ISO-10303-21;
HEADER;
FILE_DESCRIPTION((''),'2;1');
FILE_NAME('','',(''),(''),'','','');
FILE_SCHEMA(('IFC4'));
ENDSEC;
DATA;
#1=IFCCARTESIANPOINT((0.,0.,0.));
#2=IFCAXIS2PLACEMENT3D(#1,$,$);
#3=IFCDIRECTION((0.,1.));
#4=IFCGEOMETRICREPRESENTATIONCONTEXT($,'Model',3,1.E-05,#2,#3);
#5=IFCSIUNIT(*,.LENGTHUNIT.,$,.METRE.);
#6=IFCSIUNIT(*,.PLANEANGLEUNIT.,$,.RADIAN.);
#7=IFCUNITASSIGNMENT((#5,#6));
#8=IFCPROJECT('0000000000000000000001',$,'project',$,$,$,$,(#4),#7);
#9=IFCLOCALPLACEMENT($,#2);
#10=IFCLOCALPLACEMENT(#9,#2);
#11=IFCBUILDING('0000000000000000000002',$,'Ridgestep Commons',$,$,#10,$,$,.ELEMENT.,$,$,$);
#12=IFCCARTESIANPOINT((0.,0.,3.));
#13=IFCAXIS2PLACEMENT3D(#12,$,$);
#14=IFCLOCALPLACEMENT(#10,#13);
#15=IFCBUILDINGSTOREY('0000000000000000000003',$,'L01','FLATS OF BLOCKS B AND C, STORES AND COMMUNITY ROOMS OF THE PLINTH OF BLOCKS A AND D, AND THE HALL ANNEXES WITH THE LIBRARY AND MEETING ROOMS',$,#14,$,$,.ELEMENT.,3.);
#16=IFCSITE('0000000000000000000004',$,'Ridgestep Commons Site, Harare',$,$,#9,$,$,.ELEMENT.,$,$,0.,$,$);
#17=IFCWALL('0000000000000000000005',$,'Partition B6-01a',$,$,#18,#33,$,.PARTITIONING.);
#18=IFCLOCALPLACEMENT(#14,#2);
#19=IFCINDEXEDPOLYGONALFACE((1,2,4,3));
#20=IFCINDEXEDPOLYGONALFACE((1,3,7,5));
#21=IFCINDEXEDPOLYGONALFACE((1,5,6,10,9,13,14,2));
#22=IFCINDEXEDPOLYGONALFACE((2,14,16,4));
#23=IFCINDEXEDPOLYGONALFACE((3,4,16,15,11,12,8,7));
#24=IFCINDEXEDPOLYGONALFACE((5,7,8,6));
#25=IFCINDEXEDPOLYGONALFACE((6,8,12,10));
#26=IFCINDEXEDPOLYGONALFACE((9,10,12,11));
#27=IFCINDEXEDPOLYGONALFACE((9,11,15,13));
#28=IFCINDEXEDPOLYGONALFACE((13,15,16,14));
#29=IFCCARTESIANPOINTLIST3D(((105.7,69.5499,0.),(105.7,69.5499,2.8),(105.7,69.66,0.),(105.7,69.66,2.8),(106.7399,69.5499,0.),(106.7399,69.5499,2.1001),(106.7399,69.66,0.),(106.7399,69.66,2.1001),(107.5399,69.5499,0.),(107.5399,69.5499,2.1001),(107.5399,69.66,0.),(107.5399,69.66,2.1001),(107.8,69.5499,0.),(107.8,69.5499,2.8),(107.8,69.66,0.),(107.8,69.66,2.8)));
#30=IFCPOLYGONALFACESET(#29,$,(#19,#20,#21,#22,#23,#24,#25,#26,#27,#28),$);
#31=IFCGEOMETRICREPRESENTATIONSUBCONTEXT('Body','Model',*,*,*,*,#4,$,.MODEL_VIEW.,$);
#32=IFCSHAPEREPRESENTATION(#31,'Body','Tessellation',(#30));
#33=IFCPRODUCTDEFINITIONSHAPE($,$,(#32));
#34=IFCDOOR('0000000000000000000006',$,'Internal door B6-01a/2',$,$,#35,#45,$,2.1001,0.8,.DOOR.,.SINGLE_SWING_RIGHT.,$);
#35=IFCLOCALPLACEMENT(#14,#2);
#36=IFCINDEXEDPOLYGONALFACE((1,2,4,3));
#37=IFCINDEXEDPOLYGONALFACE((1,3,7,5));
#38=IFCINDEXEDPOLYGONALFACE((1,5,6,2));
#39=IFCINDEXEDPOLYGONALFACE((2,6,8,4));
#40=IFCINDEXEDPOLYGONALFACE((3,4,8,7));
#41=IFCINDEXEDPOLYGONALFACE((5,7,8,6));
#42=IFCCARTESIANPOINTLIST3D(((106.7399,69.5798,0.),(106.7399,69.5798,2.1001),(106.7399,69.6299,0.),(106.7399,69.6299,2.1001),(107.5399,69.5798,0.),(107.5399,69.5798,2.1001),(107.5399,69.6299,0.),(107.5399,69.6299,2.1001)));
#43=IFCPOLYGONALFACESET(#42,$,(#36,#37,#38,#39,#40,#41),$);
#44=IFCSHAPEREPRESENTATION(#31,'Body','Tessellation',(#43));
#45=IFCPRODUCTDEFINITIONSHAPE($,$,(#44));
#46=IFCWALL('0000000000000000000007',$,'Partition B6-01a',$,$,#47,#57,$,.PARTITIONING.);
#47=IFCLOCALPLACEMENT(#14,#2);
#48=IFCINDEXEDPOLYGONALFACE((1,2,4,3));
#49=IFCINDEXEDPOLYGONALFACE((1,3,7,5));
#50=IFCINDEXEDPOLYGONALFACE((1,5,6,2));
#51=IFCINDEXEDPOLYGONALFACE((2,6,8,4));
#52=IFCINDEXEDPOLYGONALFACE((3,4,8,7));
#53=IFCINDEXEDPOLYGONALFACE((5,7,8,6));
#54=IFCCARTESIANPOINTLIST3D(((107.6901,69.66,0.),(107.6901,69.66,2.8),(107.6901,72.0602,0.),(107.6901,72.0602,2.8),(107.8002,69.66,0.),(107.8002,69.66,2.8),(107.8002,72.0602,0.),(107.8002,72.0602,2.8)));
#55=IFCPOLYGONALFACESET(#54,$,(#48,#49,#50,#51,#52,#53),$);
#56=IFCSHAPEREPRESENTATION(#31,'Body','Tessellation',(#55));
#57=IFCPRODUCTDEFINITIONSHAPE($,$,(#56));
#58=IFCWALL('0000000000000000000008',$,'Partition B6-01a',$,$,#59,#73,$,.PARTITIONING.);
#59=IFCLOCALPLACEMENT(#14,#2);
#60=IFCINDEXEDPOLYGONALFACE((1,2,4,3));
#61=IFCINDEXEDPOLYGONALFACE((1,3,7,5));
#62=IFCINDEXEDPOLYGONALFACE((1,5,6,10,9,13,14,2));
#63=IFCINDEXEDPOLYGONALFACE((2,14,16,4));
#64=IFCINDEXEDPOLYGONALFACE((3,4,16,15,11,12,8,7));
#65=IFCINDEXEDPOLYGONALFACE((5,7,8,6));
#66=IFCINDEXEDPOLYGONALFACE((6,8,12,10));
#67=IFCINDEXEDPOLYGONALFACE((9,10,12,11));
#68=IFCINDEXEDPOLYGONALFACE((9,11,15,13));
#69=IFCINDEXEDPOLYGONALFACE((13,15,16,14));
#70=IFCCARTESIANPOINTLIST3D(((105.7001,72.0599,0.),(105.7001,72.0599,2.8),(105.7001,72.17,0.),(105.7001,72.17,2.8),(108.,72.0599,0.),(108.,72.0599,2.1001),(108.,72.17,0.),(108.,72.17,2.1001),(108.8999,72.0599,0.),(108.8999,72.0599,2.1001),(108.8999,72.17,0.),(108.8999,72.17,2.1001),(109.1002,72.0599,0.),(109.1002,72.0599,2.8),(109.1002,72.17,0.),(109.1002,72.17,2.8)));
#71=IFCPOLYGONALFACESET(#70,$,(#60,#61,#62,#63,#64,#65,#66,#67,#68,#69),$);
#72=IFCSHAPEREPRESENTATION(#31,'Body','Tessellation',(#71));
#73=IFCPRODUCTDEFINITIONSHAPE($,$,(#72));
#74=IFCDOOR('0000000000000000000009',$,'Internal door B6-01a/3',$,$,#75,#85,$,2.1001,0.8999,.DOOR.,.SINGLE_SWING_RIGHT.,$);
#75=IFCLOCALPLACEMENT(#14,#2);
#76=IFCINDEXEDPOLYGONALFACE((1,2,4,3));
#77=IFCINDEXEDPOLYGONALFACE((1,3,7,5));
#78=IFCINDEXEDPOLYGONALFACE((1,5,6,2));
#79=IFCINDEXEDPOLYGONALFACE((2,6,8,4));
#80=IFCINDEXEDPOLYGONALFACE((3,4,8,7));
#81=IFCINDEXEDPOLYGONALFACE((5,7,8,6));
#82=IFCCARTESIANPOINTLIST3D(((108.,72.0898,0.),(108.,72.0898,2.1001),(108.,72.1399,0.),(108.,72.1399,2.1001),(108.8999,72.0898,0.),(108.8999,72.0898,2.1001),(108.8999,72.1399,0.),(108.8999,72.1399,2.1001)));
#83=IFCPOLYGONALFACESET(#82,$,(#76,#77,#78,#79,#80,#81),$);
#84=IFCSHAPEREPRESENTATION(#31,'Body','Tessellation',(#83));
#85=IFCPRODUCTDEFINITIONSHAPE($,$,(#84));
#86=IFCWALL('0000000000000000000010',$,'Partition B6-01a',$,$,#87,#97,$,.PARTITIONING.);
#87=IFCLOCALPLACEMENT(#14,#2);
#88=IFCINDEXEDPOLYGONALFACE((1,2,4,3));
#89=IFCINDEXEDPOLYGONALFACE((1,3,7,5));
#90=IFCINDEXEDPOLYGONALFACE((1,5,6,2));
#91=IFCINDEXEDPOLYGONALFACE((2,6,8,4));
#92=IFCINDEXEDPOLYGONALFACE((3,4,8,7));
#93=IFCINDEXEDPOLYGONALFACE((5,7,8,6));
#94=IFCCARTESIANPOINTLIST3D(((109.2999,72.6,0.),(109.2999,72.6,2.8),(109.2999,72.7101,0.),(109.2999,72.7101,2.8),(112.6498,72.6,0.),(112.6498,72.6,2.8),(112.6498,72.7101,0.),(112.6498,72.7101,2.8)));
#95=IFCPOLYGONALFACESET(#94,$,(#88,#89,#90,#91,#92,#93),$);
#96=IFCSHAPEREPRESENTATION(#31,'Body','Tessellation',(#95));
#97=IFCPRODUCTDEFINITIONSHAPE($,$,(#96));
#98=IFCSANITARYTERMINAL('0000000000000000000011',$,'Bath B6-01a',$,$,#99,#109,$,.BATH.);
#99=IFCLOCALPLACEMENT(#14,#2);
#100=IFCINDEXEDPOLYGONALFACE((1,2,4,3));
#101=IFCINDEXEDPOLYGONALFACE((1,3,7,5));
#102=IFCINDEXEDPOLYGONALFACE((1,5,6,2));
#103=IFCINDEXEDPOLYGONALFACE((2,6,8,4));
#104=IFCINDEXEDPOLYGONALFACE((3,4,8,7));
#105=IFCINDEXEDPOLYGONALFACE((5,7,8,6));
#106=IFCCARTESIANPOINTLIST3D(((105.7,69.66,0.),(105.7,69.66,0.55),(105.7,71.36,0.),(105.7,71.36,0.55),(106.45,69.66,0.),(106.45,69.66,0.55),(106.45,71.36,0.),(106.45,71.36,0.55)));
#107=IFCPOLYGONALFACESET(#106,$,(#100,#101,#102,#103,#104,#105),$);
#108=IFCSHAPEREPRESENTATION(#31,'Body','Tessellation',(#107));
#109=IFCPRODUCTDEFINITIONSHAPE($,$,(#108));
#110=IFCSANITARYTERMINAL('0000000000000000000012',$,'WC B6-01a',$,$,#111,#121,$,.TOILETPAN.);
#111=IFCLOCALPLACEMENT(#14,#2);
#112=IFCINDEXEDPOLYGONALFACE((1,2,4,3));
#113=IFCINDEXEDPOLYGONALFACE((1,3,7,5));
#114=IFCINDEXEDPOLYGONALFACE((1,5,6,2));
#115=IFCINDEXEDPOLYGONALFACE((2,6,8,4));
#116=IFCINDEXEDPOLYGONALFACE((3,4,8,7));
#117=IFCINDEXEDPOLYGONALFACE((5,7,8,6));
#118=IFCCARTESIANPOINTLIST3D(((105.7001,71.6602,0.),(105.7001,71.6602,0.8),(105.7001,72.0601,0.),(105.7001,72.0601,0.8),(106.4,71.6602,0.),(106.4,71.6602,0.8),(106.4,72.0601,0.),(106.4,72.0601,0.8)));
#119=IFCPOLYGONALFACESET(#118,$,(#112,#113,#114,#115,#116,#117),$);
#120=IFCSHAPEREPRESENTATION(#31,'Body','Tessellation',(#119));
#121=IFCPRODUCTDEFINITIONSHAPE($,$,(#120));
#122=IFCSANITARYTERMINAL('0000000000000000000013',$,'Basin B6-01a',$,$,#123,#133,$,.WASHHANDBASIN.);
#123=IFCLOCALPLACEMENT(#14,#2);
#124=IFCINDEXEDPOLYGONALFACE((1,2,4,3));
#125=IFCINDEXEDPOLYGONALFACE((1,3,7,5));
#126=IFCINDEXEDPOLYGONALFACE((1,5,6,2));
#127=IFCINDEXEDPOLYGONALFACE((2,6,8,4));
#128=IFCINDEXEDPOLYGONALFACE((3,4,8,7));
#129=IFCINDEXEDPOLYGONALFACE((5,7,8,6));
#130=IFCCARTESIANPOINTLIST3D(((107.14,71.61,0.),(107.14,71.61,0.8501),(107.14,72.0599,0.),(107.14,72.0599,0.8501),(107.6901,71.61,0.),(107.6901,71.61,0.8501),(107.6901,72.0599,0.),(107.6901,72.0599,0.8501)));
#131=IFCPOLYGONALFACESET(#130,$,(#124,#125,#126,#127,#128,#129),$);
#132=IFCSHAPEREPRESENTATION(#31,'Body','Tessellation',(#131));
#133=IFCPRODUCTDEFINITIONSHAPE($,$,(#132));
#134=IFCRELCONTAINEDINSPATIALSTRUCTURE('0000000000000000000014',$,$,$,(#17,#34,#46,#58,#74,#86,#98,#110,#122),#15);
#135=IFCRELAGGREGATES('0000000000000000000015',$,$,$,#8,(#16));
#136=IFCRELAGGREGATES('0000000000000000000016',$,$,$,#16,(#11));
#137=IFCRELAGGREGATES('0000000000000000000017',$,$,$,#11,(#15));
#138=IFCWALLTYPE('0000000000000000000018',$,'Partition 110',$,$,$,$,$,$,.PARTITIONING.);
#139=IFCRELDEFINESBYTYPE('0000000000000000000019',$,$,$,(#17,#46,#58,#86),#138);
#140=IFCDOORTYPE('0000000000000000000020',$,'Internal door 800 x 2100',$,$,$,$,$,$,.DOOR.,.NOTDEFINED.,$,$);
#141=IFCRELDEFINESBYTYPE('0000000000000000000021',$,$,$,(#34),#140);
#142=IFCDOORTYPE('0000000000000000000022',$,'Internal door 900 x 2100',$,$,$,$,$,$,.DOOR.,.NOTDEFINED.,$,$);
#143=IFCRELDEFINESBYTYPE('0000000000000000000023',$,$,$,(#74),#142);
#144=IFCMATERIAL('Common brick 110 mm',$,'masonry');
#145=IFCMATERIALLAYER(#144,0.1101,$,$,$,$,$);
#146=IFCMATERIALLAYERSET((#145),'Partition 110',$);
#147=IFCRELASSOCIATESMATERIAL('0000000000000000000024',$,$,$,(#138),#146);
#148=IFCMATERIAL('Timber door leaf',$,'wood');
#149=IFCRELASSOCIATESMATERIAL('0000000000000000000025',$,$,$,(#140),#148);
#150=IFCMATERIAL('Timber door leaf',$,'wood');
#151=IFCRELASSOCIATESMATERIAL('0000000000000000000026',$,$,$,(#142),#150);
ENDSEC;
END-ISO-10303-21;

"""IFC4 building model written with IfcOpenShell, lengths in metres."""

from ifc_helpers import new_model, si_unit, direction, frame, frame_2d, origin, origin_2d, place, context, subcontext, project, spatial, rectangle, extrude, material, layer, layer_set, type_object, element, fill, save


model = new_model("IFC4")

# Units and contexts
model_context = context("Model", 3, precision=1e-05, world=origin(), true_north=direction((0.0, 1.0)))
body_context = subcontext(model_context, "Body", "Model", "MODEL_VIEW")
ifc_project = project(units=[si_unit("LENGTHUNIT", "METRE"), si_unit("PLANEANGLEUNIT", "RADIAN")], contexts=[model_context])

# Site, building, storey
site_placement = place(None, origin())
site = spatial("IfcSite", under=ifc_project, at=site_placement, Name="Ridgestep Commons Site, Harare", CompositionType="ELEMENT", RefElevation=0.0)
building_placement = place(site_placement, origin())
building = spatial("IfcBuilding", under=site, at=building_placement, Name="Ridgestep Commons", CompositionType="ELEMENT")
storey_placement = place(building_placement, frame((0.0, 0.0, 3.0)))
storey = spatial("IfcBuildingStorey", under=building, at=storey_placement, Name="L01", Description="FLATS OF BLOCKS B AND C, STORES AND COMMUNITY ROOMS OF THE PLINTH OF BLOCKS A AND D, AND THE HALL ANNEXES WITH THE LIBRARY AND MEETING ROOMS", CompositionType="ELEMENT", Elevation=3.0)

# Wall, opening, door
ifc_material_1 = material(Name="Common brick 110 mm", Category="masonry")
ifc_layer_1 = layer(ifc_material_1, 0.1101)
ifc_layer_set_1 = layer_set([ifc_layer_1], Name="Partition 110")
wall_type_1 = type_object("IfcWallType", Name="Partition 110", PredefinedType="PARTITIONING", material=ifc_layer_set_1)
wall_1_placement = place(storey_placement, frame((105.7, 69.605, 0.0), z_axis=(0.0, 0.0, 1.0), x_axis=(1.0, 0.0, 0.0)))
wall_1 = element("IfcWall", 1, at=wall_1_placement, inside=storey, type_object=wall_type_1, Name="Partition B6-01a", PredefinedType="PARTITIONING", context=body_context, shape_type="SweptSolid", body=[
    extrude(rectangle(XDim=2.1001, YDim=0.1101, at=frame_2d((1.05, 0.0))), origin(), (0.0, 0.0, 1.0), 2.8),
])
opening_1_placement = place(wall_1_placement, frame((1.04, 0.0, 0.0)))
opening_1 = element("IfcOpeningElement", 2, at=opening_1_placement, cuts=wall_1, PredefinedType="OPENING", context=body_context, shape_type="SweptSolid", body=[
    extrude(rectangle(XDim=0.8, YDim=2.1001, at=frame_2d((0.3999, 1.05))), frame((0.0, 0.0649, 0.0), z_axis=(0.0, -1.0, 0.0), x_axis=(1.0, 0.0, 0.0)), (0.0, 0.0, 1.0), 0.1301),
])
ifc_material_2 = material(Name="Timber door leaf", Category="wood")
door_type_1 = type_object("IfcDoorType", Name="Internal door 800 x 2100", OperationType="NOTDEFINED", PredefinedType="DOOR", material=ifc_material_2)
door_1_placement = place(opening_1_placement, origin())
door_1 = element("IfcDoor", 3, at=door_1_placement, inside=storey, type_object=door_type_1, Name="Internal door B6-01a/2", OperationType="SINGLE_SWING_RIGHT", OverallHeight=2.1001, OverallWidth=0.8, PredefinedType="DOOR", context=body_context, shape_type="SweptSolid", body=[
    extrude(rectangle(XDim=0.8, YDim=2.1001, at=frame_2d((0.3999, 1.05))), frame((0.0, 0.0249, 0.0), z_axis=(0.0, -1.0, 0.0), x_axis=(1.0, 0.0, 0.0)), (0.0, 0.0, 1.0), 0.05),
])
fill(opening_1, door_1)

# Wall
wall_2_placement = place(storey_placement, frame((107.7451, 69.6599, 0.0), z_axis=(0.0, 0.0, 1.0), x_axis=(0.0, 1.0, 0.0)))
element("IfcWall", 4, at=wall_2_placement, inside=storey, type_object=wall_type_1, Name="Partition B6-01a", PredefinedType="PARTITIONING", context=body_context, shape_type="SweptSolid", body=[
    extrude(rectangle(XDim=2.4001, YDim=0.1101, at=frame_2d((1.2002, 0.0))), origin(), (0.0, 0.0, 1.0), 2.8),
])

# Wall, opening, door
wall_3_placement = place(storey_placement, frame((105.7, 72.115, 0.0), z_axis=(0.0, 0.0, 1.0), x_axis=(1.0, 0.0, 0.0)))
wall_3 = element("IfcWall", 5, at=wall_3_placement, inside=storey, type_object=wall_type_1, Name="Partition B6-01a", PredefinedType="PARTITIONING", context=body_context, shape_type="SweptSolid", body=[
    extrude(rectangle(XDim=3.4001, YDim=0.1101, at=frame_2d((1.7002, 0.0))), origin(), (0.0, 0.0, 1.0), 2.8),
])
opening_2_placement = place(wall_3_placement, frame((2.3, 0.0, 0.0)))
opening_2 = element("IfcOpeningElement", 6, at=opening_2_placement, cuts=wall_3, PredefinedType="OPENING", context=body_context, shape_type="SweptSolid", body=[
    extrude(rectangle(XDim=0.8999, YDim=2.1001, at=frame_2d((0.45, 1.05))), frame((0.0, 0.0649, 0.0), z_axis=(0.0, -1.0, 0.0), x_axis=(1.0, 0.0, 0.0)), (0.0, 0.0, 1.0), 0.1301),
])
ifc_material_3 = material(Name="Timber door leaf", Category="wood")
door_type_2 = type_object("IfcDoorType", Name="Internal door 900 x 2100", OperationType="NOTDEFINED", PredefinedType="DOOR", material=ifc_material_3)
door_2_placement = place(opening_2_placement, origin())
door_2 = element("IfcDoor", 7, at=door_2_placement, inside=storey, type_object=door_type_2, Name="Internal door B6-01a/3", OperationType="SINGLE_SWING_RIGHT", OverallHeight=2.1001, OverallWidth=0.8999, PredefinedType="DOOR", context=body_context, shape_type="SweptSolid", body=[
    extrude(rectangle(XDim=0.8999, YDim=2.1001, at=frame_2d((0.45, 1.05))), frame((0.0, 0.0249, 0.0), z_axis=(0.0, -1.0, 0.0), x_axis=(1.0, 0.0, 0.0)), (0.0, 0.0, 1.0), 0.05),
])
fill(opening_2, door_2)

# Wall
wall_4_placement = place(storey_placement, frame((109.3, 72.655, 0.0), z_axis=(0.0, 0.0, 1.0), x_axis=(1.0, 0.0, 0.0)))
element("IfcWall", 8, at=wall_4_placement, inside=storey, type_object=wall_type_1, Name="Partition B6-01a", PredefinedType="PARTITIONING", context=body_context, shape_type="SweptSolid", body=[
    extrude(rectangle(XDim=3.3499, YDim=0.1101, at=frame_2d((1.6748, 0.0))), origin(), (0.0, 0.0, 1.0), 2.8),
])

# Sanitary terminals
sanitary_terminal_1_placement = place(storey_placement, frame((106.075, 70.51, 0.0), z_axis=(0.0, 0.0, 1.0), x_axis=(1.0, 0.0, 0.0)))
element("IfcSanitaryTerminal", 9, at=sanitary_terminal_1_placement, inside=storey, Name="Bath B6-01a", PredefinedType="BATH", context=body_context, shape_type="SweptSolid", body=[
    extrude(rectangle(XDim=0.75, YDim=1.7, at=origin_2d()), origin(), (0.0, 0.0, 1.0), 0.55),
])
sanitary_terminal_2_placement = place(storey_placement, frame((106.05, 71.8601, 0.0), z_axis=(0.0, 0.0, 1.0), x_axis=(1.0, 0.0, 0.0)))
element("IfcSanitaryTerminal", 10, at=sanitary_terminal_2_placement, inside=storey, Name="WC B6-01a", PredefinedType="TOILETPAN", context=body_context, shape_type="SweptSolid", body=[
    extrude(rectangle(XDim=0.7, YDim=0.3999, at=origin_2d()), origin(), (0.0, 0.0, 1.0), 0.8),
])
sanitary_terminal_3_placement = place(storey_placement, frame((107.415, 71.835, 0.0), z_axis=(0.0, 0.0, 1.0), x_axis=(1.0, 0.0, 0.0)))
element("IfcSanitaryTerminal", 11, at=sanitary_terminal_3_placement, inside=storey, Name="Basin B6-01a", PredefinedType="WASHHANDBASIN", context=body_context, shape_type="SweptSolid", body=[
    extrude(rectangle(XDim=0.55, YDim=0.45, at=origin_2d()), origin(), (0.0, 0.0, 1.0), 0.8501),
])

save(model, "model.ifc")
